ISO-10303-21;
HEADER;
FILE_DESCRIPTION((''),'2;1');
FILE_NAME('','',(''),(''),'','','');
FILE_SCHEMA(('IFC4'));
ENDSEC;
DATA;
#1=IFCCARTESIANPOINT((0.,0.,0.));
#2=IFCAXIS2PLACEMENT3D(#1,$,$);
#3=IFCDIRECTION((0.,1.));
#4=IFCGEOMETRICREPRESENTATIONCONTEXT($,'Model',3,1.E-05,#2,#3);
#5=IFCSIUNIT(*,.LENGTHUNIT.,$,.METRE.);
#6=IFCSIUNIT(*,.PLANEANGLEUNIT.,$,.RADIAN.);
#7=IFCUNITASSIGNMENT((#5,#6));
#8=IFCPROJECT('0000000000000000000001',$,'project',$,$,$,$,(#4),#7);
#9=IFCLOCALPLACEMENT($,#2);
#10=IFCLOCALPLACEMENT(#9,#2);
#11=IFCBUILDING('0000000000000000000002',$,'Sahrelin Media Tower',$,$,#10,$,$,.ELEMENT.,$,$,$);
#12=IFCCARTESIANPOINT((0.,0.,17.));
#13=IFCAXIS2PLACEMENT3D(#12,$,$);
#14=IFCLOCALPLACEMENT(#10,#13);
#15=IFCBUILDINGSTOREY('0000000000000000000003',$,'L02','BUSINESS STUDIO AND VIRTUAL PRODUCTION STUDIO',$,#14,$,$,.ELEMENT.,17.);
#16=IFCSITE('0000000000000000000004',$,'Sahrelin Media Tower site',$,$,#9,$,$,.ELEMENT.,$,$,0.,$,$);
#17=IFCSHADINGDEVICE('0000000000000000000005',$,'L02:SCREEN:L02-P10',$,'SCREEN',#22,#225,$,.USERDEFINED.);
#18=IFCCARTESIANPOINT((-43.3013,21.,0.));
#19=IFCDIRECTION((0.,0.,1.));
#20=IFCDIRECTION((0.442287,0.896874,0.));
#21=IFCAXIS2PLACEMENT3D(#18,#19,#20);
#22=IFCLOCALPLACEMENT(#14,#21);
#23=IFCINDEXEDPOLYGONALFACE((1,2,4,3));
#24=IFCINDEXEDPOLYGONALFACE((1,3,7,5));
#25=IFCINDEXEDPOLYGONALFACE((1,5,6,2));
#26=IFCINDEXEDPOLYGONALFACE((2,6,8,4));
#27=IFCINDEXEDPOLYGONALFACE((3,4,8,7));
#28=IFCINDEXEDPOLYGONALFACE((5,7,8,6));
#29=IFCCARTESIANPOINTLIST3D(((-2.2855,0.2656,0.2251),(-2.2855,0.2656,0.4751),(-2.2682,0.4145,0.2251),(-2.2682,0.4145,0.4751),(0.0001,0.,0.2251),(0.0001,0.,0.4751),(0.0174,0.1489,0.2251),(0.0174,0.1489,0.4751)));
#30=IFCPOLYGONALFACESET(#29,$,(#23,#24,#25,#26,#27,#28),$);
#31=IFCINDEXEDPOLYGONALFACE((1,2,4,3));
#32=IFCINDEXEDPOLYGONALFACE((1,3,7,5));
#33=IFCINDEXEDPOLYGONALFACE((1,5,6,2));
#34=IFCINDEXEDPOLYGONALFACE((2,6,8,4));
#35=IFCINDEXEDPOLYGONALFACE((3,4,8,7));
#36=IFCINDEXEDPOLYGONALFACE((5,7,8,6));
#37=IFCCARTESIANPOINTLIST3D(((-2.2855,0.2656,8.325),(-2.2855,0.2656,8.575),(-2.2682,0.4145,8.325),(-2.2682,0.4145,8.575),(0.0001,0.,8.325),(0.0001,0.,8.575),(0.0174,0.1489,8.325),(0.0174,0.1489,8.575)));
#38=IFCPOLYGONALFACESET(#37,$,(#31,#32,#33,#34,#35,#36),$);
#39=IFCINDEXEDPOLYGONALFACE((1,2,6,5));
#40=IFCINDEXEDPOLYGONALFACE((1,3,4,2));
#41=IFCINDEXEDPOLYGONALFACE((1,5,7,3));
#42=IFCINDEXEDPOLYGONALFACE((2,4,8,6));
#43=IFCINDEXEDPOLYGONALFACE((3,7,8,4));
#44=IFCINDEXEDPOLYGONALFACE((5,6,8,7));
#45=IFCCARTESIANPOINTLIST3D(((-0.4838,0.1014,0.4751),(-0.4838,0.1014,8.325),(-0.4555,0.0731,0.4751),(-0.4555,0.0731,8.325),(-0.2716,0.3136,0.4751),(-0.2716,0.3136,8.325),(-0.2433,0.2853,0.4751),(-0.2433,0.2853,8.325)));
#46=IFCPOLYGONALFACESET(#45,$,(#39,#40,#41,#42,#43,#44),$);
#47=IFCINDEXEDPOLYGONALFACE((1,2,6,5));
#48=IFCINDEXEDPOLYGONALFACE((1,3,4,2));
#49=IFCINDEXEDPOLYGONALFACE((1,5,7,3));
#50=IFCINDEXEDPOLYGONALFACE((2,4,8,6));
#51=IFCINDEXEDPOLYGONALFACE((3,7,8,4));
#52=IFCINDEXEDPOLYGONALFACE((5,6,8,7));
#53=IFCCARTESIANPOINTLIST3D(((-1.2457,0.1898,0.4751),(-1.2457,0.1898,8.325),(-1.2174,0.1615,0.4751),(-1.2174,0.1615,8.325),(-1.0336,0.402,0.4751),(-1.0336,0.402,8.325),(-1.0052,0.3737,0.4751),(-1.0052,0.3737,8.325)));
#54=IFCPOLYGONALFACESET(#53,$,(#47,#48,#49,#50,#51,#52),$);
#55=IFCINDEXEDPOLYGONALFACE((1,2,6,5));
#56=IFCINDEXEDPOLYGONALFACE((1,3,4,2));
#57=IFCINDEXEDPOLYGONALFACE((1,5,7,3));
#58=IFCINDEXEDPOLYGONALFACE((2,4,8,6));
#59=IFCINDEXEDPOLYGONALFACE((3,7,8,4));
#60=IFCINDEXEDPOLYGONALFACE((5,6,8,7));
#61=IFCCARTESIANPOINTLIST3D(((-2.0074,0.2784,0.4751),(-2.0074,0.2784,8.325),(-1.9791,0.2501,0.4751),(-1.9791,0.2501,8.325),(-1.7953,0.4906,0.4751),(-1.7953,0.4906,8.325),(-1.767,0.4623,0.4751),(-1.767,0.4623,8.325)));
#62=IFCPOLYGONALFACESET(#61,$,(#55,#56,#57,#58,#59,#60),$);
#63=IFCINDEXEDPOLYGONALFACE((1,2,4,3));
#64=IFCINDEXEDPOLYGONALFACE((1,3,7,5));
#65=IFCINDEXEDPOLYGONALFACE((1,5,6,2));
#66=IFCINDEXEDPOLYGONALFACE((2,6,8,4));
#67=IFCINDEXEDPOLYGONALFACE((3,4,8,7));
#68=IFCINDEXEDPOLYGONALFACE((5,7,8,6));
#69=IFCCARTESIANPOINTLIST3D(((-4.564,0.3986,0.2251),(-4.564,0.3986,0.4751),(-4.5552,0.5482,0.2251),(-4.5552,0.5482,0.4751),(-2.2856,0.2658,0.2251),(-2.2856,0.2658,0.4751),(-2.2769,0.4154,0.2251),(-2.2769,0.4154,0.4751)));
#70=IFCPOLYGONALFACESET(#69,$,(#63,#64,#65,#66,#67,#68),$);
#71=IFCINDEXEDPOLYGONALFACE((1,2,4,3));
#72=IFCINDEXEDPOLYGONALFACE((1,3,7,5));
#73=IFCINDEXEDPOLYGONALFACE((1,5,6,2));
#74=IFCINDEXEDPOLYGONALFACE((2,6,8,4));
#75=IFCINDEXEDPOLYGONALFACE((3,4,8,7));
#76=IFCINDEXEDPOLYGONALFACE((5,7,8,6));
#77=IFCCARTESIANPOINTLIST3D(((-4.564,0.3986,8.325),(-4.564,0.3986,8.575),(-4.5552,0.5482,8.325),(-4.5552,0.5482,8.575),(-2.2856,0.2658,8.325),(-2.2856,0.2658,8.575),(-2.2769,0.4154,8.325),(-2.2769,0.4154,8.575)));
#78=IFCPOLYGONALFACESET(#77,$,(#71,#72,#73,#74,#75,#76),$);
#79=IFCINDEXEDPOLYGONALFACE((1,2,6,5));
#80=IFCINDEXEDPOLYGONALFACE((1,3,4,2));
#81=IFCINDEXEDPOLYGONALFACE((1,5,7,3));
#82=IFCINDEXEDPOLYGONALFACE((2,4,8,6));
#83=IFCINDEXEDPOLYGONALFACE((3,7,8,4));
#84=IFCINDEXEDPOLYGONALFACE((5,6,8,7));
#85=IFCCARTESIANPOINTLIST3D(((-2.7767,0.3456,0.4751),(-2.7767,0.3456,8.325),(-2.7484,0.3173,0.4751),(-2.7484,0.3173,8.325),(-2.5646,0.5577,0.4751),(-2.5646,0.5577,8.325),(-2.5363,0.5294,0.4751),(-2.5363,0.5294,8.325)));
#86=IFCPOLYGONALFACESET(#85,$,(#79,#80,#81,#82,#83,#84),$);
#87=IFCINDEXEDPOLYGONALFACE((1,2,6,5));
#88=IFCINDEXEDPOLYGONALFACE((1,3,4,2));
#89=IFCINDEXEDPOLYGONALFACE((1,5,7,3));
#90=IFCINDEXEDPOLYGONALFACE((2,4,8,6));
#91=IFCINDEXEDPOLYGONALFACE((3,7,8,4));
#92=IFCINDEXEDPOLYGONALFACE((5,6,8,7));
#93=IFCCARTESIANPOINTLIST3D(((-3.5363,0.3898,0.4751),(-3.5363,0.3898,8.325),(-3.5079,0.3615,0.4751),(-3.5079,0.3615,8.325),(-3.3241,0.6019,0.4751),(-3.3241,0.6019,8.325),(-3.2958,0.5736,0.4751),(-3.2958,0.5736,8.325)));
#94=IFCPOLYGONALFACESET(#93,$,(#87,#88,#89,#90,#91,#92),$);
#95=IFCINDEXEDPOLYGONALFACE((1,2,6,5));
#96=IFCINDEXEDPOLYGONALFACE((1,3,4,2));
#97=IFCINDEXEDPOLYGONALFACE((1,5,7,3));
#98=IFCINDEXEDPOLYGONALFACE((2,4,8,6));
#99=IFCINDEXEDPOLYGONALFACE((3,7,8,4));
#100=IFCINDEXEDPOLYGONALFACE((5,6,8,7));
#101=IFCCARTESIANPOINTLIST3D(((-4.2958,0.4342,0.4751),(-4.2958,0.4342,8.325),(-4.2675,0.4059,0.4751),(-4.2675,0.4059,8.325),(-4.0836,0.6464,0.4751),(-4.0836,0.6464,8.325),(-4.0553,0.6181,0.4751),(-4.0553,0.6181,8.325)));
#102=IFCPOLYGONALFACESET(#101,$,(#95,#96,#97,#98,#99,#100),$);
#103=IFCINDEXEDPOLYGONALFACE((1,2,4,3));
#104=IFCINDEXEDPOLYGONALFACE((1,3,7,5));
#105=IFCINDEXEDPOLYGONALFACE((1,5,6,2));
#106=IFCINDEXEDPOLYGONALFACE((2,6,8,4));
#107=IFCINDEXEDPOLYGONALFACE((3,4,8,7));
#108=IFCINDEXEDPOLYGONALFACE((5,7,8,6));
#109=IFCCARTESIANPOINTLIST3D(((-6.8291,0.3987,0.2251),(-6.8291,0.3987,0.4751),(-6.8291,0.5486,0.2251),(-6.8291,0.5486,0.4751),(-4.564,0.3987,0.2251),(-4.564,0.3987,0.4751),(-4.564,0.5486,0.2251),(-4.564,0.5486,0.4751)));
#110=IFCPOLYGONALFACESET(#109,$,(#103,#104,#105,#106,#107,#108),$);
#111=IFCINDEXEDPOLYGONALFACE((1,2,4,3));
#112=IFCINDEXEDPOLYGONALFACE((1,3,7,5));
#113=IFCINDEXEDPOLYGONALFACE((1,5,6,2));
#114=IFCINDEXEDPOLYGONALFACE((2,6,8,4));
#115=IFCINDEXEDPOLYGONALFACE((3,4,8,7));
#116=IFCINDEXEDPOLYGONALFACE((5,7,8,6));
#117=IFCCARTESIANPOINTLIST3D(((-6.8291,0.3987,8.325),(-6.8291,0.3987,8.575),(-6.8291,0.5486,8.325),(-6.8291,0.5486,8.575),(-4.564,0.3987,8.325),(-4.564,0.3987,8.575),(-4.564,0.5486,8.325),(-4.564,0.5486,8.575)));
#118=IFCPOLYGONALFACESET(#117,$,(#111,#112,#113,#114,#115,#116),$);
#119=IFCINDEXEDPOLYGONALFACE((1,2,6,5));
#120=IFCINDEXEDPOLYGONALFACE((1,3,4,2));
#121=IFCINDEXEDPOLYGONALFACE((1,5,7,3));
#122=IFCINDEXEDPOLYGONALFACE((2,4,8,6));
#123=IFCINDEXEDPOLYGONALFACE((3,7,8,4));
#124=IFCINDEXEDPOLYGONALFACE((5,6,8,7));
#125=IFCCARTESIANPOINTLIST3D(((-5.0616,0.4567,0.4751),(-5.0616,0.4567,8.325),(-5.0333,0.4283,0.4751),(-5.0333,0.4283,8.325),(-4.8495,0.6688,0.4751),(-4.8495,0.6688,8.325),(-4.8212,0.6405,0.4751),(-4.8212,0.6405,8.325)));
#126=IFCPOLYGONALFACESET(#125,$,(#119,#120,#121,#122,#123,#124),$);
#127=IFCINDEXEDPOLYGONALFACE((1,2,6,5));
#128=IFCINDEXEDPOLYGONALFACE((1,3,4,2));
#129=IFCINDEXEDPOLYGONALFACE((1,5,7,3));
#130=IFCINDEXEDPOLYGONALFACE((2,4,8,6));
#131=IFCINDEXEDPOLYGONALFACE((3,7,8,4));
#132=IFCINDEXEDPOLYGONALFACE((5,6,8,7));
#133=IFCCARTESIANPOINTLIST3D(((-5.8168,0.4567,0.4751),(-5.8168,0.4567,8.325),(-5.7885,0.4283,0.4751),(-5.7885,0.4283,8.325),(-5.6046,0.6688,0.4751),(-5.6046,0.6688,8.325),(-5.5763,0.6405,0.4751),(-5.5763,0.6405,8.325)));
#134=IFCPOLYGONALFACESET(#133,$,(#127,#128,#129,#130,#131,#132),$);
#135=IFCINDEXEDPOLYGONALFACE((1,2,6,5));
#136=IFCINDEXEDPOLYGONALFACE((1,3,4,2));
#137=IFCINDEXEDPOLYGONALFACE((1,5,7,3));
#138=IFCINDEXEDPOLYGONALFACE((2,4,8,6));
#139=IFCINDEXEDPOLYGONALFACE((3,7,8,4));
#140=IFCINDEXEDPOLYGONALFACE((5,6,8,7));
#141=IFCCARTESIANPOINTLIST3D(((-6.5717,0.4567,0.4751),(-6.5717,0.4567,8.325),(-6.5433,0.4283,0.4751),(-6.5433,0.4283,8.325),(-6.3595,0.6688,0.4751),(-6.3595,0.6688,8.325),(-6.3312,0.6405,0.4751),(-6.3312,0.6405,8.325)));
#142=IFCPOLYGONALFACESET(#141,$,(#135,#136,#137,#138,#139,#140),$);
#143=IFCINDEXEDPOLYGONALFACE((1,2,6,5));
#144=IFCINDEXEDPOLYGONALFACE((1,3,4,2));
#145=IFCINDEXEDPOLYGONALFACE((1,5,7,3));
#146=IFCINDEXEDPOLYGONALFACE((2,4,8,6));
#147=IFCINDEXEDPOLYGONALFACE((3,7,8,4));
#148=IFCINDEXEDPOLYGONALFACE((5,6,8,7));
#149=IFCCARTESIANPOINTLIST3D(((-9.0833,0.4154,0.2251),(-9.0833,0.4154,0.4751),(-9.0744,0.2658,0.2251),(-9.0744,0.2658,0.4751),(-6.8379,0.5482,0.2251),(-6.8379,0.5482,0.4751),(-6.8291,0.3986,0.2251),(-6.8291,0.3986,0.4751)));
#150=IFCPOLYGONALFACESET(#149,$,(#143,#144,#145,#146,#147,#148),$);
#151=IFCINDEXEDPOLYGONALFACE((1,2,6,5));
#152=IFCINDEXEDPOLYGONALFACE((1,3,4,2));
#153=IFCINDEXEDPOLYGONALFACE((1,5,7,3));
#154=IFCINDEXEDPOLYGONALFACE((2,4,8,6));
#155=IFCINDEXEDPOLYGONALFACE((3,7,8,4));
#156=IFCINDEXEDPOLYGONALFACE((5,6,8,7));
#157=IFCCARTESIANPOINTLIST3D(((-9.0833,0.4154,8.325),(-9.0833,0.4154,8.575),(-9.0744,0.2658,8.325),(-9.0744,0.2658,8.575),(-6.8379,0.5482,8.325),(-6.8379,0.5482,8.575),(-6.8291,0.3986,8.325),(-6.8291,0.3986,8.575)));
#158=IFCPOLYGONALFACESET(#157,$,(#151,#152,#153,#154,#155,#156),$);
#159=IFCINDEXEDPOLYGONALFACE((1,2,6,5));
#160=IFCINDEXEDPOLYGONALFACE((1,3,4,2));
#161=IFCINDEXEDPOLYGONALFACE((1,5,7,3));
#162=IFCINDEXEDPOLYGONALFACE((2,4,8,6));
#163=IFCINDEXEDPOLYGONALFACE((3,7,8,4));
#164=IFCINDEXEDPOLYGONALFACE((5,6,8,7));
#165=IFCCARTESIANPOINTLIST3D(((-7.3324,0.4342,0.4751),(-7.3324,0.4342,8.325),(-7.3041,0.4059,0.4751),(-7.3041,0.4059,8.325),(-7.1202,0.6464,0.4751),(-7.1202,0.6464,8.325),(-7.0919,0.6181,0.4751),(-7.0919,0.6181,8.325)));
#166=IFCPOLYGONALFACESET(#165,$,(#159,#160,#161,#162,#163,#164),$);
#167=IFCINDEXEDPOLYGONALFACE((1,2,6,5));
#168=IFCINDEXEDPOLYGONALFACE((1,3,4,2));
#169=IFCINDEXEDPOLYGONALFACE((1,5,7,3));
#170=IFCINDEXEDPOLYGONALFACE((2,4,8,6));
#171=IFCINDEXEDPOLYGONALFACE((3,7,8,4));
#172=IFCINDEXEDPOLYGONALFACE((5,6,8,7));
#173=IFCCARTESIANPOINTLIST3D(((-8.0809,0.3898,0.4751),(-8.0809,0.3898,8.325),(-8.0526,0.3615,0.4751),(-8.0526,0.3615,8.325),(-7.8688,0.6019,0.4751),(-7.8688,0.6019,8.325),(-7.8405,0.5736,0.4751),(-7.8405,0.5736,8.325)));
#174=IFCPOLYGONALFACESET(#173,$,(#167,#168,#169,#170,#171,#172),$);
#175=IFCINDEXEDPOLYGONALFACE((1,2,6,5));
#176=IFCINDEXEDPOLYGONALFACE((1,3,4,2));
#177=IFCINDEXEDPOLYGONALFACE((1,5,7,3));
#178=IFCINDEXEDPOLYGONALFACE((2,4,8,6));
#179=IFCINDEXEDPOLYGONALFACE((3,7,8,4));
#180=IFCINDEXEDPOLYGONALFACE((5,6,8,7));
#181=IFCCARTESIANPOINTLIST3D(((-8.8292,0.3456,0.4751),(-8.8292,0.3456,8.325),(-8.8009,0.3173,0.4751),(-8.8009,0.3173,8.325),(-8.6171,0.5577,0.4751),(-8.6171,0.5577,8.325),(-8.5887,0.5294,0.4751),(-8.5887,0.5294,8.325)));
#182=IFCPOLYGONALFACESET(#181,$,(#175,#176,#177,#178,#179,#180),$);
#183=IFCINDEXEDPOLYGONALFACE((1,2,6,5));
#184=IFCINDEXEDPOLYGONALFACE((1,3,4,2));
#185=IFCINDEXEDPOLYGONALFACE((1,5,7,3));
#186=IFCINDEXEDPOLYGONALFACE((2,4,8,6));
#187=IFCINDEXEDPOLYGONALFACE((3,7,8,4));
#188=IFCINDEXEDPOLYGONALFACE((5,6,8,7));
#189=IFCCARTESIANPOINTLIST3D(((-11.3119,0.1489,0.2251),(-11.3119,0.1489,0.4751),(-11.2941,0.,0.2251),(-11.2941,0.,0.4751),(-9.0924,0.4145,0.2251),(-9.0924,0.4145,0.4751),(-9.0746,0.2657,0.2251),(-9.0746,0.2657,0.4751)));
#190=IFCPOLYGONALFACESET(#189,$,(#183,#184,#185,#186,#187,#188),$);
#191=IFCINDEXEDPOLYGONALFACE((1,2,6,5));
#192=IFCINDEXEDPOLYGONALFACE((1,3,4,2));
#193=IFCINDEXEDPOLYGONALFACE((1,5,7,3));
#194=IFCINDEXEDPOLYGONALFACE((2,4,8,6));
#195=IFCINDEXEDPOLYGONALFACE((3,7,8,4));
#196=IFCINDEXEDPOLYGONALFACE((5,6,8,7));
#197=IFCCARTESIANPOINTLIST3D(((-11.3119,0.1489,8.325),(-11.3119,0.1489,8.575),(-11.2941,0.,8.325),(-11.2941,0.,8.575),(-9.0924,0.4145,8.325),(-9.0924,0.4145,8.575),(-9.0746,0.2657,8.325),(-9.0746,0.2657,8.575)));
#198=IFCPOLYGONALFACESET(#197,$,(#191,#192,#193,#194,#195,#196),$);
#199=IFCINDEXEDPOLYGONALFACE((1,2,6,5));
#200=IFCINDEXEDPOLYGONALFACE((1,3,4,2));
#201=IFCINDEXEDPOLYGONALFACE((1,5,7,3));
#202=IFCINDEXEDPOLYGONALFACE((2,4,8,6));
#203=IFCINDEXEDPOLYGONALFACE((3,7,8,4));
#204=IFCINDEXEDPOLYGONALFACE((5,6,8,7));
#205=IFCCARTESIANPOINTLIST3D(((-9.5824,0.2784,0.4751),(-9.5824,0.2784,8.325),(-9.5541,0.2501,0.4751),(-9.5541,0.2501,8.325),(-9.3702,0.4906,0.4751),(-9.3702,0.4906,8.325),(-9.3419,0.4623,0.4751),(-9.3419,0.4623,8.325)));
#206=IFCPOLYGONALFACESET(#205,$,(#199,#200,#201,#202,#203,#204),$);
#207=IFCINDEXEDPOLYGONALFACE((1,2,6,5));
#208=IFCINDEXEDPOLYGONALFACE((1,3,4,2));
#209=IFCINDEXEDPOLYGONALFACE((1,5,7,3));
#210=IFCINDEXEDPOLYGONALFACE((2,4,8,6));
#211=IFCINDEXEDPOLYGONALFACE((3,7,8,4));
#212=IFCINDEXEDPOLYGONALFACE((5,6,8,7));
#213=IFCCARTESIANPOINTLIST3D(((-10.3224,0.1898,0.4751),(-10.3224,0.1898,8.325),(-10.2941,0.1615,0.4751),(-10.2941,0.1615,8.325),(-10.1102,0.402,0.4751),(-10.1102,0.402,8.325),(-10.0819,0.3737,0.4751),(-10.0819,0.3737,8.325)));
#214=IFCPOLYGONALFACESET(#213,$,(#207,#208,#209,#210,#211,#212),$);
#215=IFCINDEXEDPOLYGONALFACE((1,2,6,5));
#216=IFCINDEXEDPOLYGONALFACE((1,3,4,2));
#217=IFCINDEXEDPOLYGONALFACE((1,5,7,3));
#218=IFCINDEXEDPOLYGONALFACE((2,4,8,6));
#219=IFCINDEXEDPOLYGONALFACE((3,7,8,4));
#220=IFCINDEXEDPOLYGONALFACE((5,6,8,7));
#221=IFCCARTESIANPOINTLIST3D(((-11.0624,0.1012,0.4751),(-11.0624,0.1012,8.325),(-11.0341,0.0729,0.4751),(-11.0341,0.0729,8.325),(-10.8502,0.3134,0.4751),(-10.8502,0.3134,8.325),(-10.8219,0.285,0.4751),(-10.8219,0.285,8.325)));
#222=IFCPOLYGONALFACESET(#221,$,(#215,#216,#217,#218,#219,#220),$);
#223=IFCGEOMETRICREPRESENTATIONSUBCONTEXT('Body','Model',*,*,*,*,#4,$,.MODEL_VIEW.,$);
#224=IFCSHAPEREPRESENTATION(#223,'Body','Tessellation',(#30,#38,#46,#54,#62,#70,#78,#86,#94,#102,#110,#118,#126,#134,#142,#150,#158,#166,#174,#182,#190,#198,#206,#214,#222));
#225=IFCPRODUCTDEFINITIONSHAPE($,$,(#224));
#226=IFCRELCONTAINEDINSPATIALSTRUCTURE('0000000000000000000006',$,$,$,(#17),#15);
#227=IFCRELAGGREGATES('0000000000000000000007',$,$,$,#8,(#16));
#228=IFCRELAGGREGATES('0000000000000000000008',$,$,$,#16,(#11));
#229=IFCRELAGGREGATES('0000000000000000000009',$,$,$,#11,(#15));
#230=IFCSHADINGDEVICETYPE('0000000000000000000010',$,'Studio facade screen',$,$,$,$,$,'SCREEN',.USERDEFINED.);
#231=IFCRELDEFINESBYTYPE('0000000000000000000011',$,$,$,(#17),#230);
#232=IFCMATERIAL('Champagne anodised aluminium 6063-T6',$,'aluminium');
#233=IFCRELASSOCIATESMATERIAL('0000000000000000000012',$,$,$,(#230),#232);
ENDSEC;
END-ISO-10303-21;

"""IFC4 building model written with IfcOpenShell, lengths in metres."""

from ifc_helpers import new_model, si_unit, direction, frame, origin, origin_2d, place, context, subcontext, project, spatial, rectangle, extrude, material, type_object, element, save


model = new_model("IFC4")

# Units and contexts
model_context = context("Model", 3, precision=1e-05, world=origin(), true_north=direction((0.0, 1.0)))
body_context = subcontext(model_context, "Body", "Model", "MODEL_VIEW")
ifc_project = project(units=[si_unit("LENGTHUNIT", "METRE"), si_unit("PLANEANGLEUNIT", "RADIAN")], contexts=[model_context])

# Site, building, storey
site_placement = place(None, origin())
site = spatial("IfcSite", under=ifc_project, at=site_placement, Name="Sahrelin Media Tower site", CompositionType="ELEMENT", RefElevation=0.0)
building_placement = place(site_placement, origin())
building = spatial("IfcBuilding", under=site, at=building_placement, Name="Sahrelin Media Tower", CompositionType="ELEMENT")
storey_placement = place(building_placement, frame((0.0, 0.0, 17.0)))
storey = spatial("IfcBuildingStorey", under=building, at=storey_placement, Name="L02", Description="BUSINESS STUDIO AND VIRTUAL PRODUCTION STUDIO", CompositionType="ELEMENT", Elevation=17.0)

# Shading device
ifc_material_1 = material(Name="Champagne anodised aluminium 6063-T6", Category="aluminium")
shading_device_type = type_object("IfcShadingDeviceType", Name="Studio facade screen", ElementType="SCREEN", PredefinedType="USERDEFINED", material=ifc_material_1)
shading_device_1_placement = place(storey_placement, frame((-43.3013, 21.0, 0.0), z_axis=(0.0, 0.0, 1.0), x_axis=(0.442287, 0.896874, 0.0)))
element("IfcShadingDevice", 1, at=shading_device_1_placement, inside=storey, type_object=shading_device_type, Name="L02:SCREEN:L02-P10", ObjectType="SCREEN", PredefinedType="USERDEFINED", context=body_context, shape_type="SweptSolid", body=[
    extrude(rectangle(XDim=0.1499, YDim=0.25, at=origin_2d()), frame((0.0088, 0.0745, 0.3501), z_axis=(-0.993315, 0.115438, 0.0), x_axis=(-0.115438, -0.993315, 0.0)), (0.0, 0.0, 1.0), 2.301),
    extrude(rectangle(XDim=0.1499, YDim=0.25, at=origin_2d()), frame((0.0088, 0.0745, 8.45), z_axis=(-0.993315, 0.115438, 0.0), x_axis=(-0.115438, -0.993315, 0.0)), (0.0, 0.0, 1.0), 2.301),
    extrude(rectangle(XDim=0.3, YDim=0.04, at=origin_2d()), frame((-0.3635, 0.1934, 0.4751), z_axis=(0.0, 0.0, 1.0), x_axis=(0.707107, 0.707107, 0.0)), (0.0, 0.0, 1.0), 7.8499),
    extrude(rectangle(XDim=0.3, YDim=0.04, at=origin_2d()), frame((-1.1255, 0.2817, 0.4751), z_axis=(0.0, 0.0, 1.0), x_axis=(0.707107, 0.707107, 0.0)), (0.0, 0.0, 1.0), 7.8499),
    extrude(rectangle(XDim=0.3, YDim=0.04, at=origin_2d()), frame((-1.8872, 0.3704, 0.4751), z_axis=(0.0, 0.0, 1.0), x_axis=(0.707107, 0.707107, 0.0)), (0.0, 0.0, 1.0), 7.8499),
    extrude(rectangle(XDim=0.1499, YDim=0.25, at=origin_2d()), frame((-2.2812, 0.3406, 0.3501), z_axis=(-0.998305, 0.058195, 0.0), x_axis=(-0.058195, -0.998305, 0.0)), (0.0, 0.0, 1.0), 2.2822),
    extrude(rectangle(XDim=0.1499, YDim=0.25, at=origin_2d()), frame((-2.2812, 0.3406, 8.45), z_axis=(-0.998305, 0.058195, 0.0), x_axis=(-0.058195, -0.998305, 0.0)), (0.0, 0.0, 1.0), 2.2822),
    extrude(rectangle(XDim=0.3, YDim=0.04, at=origin_2d()), frame((-2.6565, 0.4375, 0.4751), z_axis=(0.0, 0.0, 1.0), x_axis=(0.707107, 0.707107, 0.0)), (0.0, 0.0, 1.0), 7.8499),
    extrude(rectangle(XDim=0.3, YDim=0.04, at=origin_2d()), frame((-3.416, 0.4817, 0.4751), z_axis=(0.0, 0.0, 1.0), x_axis=(0.707107, 0.707107, 0.0)), (0.0, 0.0, 1.0), 7.8499),
    extrude(rectangle(XDim=0.3, YDim=0.04, at=origin_2d()), frame((-4.1755, 0.5261, 0.4751), z_axis=(0.0, 0.0, 1.0), x_axis=(0.707107, 0.707107, 0.0)), (0.0, 0.0, 1.0), 7.8499),
    extrude(rectangle(XDim=0.1499, YDim=0.25, at=origin_2d()), frame((-4.564, 0.4736, 0.3501), z_axis=(-1.0, 0.0, 0.0), x_axis=(0.0, -1.0, 0.0)), (0.0, 0.0, 1.0), 2.2651),
    extrude(rectangle(XDim=0.1499, YDim=0.25, at=origin_2d()), frame((-4.564, 0.4736, 8.45), z_axis=(-1.0, 0.0, 0.0), x_axis=(0.0, -1.0, 0.0)), (0.0, 0.0, 1.0), 2.2651),
    extrude(rectangle(XDim=0.3, YDim=0.04, at=origin_2d()), frame((-4.9414, 0.5486, 0.4751), z_axis=(0.0, 0.0, 1.0), x_axis=(0.707107, 0.707107, 0.0)), (0.0, 0.0, 1.0), 7.8499),
    extrude(rectangle(XDim=0.3, YDim=0.04, at=origin_2d()), frame((-5.6965, 0.5486, 0.4751), z_axis=(0.0, 0.0, 1.0), x_axis=(0.707107, 0.707107, 0.0)), (0.0, 0.0, 1.0), 7.8499),
    extrude(rectangle(XDim=0.3, YDim=0.04, at=origin_2d()), frame((-6.4514, 0.5486, 0.4751), z_axis=(0.0, 0.0, 1.0), x_axis=(0.707107, 0.707107, 0.0)), (0.0, 0.0, 1.0), 7.8499),
    extrude(rectangle(XDim=0.1499, YDim=0.25, at=origin_2d()), frame((-6.8335, 0.4734, 0.3501), z_axis=(-0.998255, -0.059047, 0.0), x_axis=(0.059047, -0.998255, 0.0)), (0.0, 0.0, 1.0), 2.2493),
    extrude(rectangle(XDim=0.1499, YDim=0.25, at=origin_2d()), frame((-6.8335, 0.4734, 8.45), z_axis=(-0.998255, -0.059047, 0.0), x_axis=(0.059047, -0.998255, 0.0)), (0.0, 0.0, 1.0), 2.2493),
    extrude(rectangle(XDim=0.3, YDim=0.04, at=origin_2d()), frame((-7.2122, 0.5261, 0.4751), z_axis=(0.0, 0.0, 1.0), x_axis=(0.707107, 0.707107, 0.0)), (0.0, 0.0, 1.0), 7.8499),
    extrude(rectangle(XDim=0.3, YDim=0.04, at=origin_2d()), frame((-7.9607, 0.4817, 0.4751), z_axis=(0.0, 0.0, 1.0), x_axis=(0.707107, 0.707107, 0.0)), (0.0, 0.0, 1.0), 7.8499),
    extrude(rectangle(XDim=0.3, YDim=0.04, at=origin_2d()), frame((-8.709, 0.4375, 0.4751), z_axis=(0.0, 0.0, 1.0), x_axis=(0.707107, 0.707107, 0.0)), (0.0, 0.0, 1.0), 7.8499),
    extrude(rectangle(XDim=0.1499, YDim=0.25, at=origin_2d()), frame((-9.0835, 0.3401, 0.3501), z_axis=(-0.992915, -0.118831, 0.0), x_axis=(0.118831, -0.992915, 0.0)), (0.0, 0.0, 1.0), 2.2354),
    extrude(rectangle(XDim=0.1499, YDim=0.25, at=origin_2d()), frame((-9.0835, 0.3401, 8.45), z_axis=(-0.992915, -0.118831, 0.0), x_axis=(0.118831, -0.992915, 0.0)), (0.0, 0.0, 1.0), 2.2354),
    extrude(rectangle(XDim=0.3, YDim=0.04, at=origin_2d()), frame((-9.4622, 0.3704, 0.4751), z_axis=(0.0, 0.0, 1.0), x_axis=(0.707107, 0.707107, 0.0)), (0.0, 0.0, 1.0), 7.8499),
    extrude(rectangle(XDim=0.3, YDim=0.04, at=origin_2d()), frame((-10.2021, 0.2817, 0.4751), z_axis=(0.0, 0.0, 1.0), x_axis=(0.707107, 0.707107, 0.0)), (0.0, 0.0, 1.0), 7.8499),
    extrude(rectangle(XDim=0.3, YDim=0.04, at=origin_2d()), frame((-10.9421, 0.1931, 0.4751), z_axis=(0.0, 0.0, 1.0), x_axis=(0.707107, 0.707107, 0.0)), (0.0, 0.0, 1.0), 7.8499),
])

save(model, "model.ifc")
